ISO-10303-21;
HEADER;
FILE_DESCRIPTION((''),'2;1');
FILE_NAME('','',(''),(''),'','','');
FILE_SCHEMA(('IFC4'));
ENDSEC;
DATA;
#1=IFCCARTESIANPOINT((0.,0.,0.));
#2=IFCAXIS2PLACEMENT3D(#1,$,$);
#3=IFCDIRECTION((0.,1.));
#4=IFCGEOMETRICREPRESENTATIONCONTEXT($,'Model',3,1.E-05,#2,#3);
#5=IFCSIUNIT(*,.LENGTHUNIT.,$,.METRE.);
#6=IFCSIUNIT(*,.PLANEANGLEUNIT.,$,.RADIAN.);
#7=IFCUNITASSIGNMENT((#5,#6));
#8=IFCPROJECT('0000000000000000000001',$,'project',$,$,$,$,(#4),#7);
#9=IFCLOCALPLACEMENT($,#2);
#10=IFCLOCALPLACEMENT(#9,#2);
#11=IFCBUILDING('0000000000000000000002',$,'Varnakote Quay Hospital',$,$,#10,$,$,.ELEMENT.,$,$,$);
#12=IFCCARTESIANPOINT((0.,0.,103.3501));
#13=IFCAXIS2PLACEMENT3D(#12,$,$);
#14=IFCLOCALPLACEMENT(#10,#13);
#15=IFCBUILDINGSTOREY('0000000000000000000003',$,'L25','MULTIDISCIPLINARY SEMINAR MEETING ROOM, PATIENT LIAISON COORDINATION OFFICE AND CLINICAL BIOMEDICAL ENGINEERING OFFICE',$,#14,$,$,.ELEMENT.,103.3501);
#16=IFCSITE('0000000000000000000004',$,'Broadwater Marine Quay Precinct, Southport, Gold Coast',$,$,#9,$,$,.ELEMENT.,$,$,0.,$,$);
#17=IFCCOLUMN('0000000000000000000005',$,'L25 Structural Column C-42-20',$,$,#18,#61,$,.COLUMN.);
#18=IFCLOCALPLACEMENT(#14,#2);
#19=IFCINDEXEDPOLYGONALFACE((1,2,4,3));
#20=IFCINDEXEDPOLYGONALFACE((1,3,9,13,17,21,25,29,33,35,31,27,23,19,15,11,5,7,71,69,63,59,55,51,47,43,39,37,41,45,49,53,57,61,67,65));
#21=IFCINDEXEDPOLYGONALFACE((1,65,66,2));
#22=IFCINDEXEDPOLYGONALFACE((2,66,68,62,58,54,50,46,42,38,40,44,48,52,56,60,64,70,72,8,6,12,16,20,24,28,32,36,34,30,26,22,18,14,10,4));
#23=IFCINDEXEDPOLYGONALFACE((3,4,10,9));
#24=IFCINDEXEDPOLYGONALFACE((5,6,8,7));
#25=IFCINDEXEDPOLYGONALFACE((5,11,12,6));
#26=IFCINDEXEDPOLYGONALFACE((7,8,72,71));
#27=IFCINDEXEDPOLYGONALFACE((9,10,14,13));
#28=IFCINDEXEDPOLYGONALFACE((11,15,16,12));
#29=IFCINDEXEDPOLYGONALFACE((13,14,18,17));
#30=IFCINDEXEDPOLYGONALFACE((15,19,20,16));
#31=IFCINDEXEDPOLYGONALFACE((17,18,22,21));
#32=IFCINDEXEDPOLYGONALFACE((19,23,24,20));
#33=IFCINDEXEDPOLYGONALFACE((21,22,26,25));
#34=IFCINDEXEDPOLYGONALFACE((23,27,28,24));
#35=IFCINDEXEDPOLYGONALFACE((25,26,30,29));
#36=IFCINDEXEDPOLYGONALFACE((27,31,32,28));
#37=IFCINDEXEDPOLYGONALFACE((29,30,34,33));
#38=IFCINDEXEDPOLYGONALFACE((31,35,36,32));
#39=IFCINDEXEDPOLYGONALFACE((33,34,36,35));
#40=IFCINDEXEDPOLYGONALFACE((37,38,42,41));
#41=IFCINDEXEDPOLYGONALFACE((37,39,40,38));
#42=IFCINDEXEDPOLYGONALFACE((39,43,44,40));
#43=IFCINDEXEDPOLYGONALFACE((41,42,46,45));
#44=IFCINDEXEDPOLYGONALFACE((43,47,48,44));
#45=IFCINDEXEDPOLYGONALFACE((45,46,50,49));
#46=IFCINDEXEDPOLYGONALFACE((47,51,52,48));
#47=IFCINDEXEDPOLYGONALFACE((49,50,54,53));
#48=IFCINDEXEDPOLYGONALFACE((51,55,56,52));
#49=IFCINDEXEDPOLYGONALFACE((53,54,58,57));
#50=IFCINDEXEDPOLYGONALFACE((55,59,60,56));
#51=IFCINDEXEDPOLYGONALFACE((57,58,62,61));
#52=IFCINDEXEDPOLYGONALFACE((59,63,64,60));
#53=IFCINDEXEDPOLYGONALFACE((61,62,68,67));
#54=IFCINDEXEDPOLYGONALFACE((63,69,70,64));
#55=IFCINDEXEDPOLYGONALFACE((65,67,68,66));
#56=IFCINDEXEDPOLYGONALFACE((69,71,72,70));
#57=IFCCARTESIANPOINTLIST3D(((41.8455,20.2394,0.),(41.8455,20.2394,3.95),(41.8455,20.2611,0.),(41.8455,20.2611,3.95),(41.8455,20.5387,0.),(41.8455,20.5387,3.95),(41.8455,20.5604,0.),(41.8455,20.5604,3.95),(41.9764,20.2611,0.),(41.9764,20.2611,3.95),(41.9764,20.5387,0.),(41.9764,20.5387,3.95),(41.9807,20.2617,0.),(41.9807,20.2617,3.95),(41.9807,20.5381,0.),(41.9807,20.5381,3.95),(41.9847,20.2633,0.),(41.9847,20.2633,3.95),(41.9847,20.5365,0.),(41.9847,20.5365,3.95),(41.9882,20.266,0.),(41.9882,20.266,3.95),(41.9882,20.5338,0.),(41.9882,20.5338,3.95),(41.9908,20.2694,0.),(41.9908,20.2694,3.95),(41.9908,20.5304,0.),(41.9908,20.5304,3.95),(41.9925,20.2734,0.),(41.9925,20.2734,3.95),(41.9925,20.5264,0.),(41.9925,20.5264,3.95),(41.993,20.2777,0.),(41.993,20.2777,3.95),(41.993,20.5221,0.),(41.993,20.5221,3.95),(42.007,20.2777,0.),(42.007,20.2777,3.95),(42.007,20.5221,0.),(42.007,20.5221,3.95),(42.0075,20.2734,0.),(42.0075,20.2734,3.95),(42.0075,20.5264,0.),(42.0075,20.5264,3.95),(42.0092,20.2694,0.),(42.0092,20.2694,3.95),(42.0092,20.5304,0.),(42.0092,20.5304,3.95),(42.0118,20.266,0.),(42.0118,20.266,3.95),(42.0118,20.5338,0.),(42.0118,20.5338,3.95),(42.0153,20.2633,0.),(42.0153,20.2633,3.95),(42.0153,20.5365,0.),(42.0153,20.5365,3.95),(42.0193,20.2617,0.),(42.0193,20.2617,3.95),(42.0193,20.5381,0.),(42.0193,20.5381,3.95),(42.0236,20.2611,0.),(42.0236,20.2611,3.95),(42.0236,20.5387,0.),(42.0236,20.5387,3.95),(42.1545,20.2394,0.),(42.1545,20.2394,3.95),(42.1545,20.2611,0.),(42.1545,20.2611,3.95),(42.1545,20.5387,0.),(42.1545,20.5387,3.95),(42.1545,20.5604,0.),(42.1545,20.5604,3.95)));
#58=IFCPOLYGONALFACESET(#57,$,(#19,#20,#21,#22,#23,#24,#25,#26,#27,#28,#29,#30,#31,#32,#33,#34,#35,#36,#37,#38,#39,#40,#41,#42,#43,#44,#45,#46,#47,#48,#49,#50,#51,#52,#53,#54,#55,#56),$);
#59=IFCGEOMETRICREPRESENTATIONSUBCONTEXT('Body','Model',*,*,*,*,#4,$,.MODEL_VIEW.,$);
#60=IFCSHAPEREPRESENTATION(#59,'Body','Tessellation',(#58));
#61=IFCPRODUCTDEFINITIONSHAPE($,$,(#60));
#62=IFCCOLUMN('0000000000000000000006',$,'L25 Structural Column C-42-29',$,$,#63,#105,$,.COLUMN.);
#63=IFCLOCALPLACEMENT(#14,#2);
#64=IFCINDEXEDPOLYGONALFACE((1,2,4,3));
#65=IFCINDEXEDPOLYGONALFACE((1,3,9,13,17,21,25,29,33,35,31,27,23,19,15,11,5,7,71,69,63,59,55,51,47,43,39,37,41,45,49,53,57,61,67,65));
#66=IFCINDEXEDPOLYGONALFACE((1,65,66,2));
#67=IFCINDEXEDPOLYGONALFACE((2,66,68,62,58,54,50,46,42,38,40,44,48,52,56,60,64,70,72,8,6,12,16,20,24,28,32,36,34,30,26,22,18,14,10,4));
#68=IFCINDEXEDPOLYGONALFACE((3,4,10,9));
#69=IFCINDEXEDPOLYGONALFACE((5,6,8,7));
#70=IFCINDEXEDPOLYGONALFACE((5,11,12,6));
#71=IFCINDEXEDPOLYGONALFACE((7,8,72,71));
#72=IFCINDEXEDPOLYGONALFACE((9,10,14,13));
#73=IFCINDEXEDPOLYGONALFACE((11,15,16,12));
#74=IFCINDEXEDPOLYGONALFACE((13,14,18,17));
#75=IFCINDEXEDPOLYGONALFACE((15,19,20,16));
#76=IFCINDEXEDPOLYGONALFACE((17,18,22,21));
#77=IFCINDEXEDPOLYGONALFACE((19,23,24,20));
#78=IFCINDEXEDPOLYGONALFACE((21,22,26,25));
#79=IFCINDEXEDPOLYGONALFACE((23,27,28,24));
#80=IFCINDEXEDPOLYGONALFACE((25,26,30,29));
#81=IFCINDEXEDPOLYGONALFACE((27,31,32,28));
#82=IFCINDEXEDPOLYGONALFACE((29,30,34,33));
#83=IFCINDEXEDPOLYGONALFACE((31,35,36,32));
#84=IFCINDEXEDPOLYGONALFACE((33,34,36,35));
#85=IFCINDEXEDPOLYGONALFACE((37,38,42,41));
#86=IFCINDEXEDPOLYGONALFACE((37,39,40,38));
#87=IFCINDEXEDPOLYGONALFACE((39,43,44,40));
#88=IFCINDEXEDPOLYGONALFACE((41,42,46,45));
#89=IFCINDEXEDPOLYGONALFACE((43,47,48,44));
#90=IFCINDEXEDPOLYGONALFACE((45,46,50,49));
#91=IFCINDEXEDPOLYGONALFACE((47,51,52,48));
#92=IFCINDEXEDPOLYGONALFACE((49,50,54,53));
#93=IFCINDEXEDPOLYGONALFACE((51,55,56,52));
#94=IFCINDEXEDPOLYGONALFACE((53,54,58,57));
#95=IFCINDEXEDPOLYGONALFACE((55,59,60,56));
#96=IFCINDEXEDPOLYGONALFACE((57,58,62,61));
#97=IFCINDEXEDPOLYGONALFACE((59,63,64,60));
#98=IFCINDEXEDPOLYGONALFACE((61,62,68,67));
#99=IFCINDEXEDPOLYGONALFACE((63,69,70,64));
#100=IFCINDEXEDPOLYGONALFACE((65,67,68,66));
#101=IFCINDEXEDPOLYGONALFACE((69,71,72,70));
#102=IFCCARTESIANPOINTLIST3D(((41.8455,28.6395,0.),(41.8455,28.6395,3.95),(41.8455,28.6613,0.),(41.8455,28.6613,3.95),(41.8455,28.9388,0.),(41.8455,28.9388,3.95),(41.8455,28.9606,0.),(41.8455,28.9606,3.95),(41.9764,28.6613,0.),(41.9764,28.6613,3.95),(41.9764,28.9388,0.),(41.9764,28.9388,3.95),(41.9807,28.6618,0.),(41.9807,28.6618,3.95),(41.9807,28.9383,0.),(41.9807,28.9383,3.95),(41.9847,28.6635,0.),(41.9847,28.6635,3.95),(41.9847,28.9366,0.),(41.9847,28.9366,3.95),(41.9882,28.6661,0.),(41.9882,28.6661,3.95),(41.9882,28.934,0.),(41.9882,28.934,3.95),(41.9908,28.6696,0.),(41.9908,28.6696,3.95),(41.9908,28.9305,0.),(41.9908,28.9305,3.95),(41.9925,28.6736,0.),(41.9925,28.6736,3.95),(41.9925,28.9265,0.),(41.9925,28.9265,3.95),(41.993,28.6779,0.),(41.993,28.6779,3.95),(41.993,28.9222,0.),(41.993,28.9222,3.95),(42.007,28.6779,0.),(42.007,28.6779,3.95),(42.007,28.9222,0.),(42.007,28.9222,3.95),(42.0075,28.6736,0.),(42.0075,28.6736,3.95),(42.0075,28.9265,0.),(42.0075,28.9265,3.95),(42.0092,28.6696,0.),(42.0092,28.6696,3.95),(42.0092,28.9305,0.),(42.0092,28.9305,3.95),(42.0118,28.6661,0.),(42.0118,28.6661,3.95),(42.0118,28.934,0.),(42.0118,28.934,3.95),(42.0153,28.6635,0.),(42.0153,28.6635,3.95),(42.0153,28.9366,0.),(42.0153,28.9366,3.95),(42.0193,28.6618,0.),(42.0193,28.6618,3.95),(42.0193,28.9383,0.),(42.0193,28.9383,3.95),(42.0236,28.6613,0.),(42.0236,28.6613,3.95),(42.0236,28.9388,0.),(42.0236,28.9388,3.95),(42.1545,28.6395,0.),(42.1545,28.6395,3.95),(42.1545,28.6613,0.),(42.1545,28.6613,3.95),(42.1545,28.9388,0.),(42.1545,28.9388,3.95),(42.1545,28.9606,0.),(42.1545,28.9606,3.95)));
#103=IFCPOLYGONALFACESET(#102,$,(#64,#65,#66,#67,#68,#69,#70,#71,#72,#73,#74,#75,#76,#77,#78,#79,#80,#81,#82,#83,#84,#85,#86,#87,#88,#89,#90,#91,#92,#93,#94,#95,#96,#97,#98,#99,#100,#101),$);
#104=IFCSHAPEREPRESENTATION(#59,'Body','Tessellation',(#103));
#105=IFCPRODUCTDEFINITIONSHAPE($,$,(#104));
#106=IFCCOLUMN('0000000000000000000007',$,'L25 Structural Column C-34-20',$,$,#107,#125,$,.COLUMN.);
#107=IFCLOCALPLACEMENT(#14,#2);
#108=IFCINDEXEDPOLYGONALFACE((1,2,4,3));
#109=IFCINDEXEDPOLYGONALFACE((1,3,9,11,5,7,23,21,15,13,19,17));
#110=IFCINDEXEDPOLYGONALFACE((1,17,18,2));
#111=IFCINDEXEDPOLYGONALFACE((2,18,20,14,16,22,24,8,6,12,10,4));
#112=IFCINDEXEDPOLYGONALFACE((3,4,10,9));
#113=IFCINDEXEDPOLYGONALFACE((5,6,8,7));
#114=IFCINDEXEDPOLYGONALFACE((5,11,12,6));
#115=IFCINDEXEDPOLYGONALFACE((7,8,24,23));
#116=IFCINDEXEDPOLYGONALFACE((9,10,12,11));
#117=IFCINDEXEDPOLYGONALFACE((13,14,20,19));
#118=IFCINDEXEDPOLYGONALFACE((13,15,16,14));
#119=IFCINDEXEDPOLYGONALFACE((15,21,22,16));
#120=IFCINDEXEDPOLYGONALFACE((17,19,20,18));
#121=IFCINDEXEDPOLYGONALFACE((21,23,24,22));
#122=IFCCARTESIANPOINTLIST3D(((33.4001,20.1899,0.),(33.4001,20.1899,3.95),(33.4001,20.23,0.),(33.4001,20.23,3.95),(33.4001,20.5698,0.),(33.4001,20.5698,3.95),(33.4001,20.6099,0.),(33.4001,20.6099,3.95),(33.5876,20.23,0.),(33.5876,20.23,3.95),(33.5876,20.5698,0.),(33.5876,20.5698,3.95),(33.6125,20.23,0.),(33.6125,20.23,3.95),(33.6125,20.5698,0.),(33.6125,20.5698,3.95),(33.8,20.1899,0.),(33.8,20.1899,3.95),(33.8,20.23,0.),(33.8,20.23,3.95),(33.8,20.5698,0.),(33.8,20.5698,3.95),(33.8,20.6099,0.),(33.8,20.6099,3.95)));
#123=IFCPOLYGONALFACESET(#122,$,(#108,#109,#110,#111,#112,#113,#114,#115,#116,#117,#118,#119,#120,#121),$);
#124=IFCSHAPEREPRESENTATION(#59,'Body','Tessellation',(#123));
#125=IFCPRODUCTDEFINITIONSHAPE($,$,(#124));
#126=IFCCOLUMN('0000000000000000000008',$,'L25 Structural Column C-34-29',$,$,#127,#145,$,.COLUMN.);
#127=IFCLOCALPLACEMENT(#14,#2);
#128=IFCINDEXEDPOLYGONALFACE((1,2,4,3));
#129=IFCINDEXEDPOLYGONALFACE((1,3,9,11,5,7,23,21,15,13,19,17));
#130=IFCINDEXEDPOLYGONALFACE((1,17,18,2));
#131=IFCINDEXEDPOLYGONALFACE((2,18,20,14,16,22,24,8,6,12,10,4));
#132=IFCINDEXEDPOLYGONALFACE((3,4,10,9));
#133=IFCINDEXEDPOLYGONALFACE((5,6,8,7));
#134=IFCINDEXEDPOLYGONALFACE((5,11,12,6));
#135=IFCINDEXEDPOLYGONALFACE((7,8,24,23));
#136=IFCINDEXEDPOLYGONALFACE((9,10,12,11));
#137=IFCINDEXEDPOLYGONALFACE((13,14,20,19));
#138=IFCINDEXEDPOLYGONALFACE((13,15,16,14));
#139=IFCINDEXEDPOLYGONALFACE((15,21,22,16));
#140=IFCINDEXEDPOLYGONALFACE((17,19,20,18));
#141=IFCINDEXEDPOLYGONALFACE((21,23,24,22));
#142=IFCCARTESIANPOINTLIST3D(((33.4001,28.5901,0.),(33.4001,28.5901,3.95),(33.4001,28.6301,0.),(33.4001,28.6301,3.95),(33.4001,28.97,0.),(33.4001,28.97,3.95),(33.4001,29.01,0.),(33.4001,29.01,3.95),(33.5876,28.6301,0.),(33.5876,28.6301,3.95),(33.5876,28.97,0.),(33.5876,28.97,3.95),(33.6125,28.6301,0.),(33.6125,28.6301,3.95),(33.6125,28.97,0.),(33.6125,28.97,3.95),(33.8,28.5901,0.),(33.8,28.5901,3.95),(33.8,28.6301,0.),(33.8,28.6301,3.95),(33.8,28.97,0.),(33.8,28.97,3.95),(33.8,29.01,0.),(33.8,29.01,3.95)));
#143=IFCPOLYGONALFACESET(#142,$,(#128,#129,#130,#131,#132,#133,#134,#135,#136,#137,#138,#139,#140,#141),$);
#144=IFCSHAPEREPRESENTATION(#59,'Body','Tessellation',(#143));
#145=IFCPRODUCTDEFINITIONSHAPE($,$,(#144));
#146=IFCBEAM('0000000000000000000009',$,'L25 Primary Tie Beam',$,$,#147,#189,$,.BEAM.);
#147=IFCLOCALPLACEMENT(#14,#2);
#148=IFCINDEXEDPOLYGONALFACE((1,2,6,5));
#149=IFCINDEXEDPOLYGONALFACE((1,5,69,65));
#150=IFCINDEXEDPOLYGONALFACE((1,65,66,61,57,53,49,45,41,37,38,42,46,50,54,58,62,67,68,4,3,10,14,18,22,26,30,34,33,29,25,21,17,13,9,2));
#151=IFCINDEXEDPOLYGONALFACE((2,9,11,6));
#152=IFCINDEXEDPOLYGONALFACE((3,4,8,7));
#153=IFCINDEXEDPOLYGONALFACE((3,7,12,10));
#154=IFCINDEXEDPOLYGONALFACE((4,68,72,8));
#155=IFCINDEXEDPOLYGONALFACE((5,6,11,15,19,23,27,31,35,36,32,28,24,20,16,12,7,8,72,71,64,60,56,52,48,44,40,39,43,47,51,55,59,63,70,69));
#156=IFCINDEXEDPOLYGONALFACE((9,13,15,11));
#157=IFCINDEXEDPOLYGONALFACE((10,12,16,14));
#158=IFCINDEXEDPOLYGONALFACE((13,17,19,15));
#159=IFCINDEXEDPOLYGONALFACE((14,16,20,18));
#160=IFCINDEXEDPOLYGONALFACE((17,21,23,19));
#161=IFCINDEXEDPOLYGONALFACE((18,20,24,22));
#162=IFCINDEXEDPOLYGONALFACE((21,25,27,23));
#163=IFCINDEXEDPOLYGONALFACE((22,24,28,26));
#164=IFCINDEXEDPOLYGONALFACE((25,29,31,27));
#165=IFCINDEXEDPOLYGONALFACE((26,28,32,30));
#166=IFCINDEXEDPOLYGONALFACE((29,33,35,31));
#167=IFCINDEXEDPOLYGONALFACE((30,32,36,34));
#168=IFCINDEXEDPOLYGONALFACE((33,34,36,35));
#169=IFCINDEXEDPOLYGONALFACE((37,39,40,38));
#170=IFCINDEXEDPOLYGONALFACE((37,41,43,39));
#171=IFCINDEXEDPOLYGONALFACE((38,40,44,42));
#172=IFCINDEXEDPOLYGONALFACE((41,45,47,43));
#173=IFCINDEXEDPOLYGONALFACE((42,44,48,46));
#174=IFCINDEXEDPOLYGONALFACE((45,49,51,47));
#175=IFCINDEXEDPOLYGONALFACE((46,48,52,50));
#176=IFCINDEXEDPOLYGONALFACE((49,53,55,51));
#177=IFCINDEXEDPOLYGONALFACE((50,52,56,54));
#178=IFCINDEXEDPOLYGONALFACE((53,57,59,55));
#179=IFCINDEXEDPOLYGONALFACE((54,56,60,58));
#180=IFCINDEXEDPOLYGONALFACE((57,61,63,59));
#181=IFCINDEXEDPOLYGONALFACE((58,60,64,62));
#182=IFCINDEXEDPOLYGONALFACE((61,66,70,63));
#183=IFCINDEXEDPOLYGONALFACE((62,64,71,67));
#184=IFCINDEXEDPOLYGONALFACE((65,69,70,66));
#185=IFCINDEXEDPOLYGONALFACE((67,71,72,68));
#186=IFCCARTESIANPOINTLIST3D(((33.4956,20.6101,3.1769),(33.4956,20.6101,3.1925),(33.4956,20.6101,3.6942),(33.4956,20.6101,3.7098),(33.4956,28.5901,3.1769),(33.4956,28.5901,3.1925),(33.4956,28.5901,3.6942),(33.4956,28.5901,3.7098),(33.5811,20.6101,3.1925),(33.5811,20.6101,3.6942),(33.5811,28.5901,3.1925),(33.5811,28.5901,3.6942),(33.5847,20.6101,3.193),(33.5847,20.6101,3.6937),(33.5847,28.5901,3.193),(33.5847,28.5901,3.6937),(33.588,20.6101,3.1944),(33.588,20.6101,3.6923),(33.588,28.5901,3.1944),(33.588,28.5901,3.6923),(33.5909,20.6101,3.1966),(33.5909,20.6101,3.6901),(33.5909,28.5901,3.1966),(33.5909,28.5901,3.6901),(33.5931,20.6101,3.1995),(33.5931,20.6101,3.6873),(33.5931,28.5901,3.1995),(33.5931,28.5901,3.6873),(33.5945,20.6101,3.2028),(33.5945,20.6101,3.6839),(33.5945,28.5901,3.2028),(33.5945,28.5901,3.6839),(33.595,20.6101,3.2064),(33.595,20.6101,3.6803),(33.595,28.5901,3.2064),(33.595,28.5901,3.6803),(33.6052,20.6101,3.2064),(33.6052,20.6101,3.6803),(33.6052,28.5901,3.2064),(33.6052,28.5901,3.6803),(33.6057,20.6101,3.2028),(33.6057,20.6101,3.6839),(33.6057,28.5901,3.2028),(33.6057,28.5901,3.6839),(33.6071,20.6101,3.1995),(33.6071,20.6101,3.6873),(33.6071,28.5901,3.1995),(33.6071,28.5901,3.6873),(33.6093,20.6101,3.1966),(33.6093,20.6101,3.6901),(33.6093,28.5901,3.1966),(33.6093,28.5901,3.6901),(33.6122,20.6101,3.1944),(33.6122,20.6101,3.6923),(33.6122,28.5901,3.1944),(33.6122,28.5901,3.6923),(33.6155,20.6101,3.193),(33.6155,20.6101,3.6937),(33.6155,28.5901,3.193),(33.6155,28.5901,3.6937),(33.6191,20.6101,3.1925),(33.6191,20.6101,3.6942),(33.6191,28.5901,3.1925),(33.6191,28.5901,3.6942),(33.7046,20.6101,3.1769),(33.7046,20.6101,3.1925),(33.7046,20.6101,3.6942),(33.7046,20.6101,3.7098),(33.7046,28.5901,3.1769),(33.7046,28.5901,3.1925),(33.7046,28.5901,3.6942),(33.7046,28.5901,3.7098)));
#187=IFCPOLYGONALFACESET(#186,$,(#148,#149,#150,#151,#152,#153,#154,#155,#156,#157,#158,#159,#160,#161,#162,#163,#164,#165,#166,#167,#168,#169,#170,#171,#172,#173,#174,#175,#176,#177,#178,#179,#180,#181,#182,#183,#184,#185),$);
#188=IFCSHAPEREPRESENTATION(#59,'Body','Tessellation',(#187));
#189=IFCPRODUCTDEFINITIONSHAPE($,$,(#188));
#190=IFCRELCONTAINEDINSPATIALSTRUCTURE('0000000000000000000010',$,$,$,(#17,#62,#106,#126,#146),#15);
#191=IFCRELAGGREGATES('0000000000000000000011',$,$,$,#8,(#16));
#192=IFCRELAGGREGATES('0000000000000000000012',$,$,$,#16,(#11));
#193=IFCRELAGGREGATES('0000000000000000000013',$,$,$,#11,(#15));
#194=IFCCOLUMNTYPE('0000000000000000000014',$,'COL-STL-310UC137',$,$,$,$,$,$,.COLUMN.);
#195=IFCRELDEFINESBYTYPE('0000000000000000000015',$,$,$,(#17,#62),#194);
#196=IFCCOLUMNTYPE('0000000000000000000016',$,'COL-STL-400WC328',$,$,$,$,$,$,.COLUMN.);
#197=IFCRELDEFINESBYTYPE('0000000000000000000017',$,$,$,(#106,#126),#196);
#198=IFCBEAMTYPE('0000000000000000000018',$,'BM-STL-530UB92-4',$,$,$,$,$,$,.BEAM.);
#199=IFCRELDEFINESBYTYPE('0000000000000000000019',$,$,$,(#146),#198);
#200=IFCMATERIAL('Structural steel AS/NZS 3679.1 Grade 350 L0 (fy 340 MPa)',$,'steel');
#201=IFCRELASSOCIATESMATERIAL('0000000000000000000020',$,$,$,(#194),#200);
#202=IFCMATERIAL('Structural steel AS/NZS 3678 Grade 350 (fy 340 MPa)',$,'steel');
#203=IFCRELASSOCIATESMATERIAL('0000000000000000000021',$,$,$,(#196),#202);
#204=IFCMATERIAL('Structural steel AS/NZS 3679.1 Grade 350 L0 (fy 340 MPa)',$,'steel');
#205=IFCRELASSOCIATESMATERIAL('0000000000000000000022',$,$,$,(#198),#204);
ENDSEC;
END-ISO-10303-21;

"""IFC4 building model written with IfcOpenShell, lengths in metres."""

from ifc_helpers import new_model, si_unit, direction, frame, origin, origin_2d, place, context, subcontext, project, spatial, i_section, extrude, material, material_profile, profile_set, type_object, element, save


model = new_model("IFC4")

# Units and contexts
model_context = context("Model", 3, precision=1e-05, world=origin(), true_north=direction((0.0, 1.0)))
body_context = subcontext(model_context, "Body", "Model", "MODEL_VIEW")
ifc_project = project(units=[si_unit("LENGTHUNIT", "METRE"), si_unit("PLANEANGLEUNIT", "RADIAN")], contexts=[model_context])

# Site, building, storey
site_placement = place(None, origin())
site = spatial("IfcSite", under=ifc_project, at=site_placement, Name="Broadwater Marine Quay Precinct, Southport, Gold Coast", CompositionType="ELEMENT", RefElevation=0.0)
building_placement = place(site_placement, origin())
building = spatial("IfcBuilding", under=site, at=building_placement, Name="Varnakote Quay Hospital", CompositionType="ELEMENT")
storey_placement = place(building_placement, frame((0.0, 0.0, 103.3501)))
storey = spatial("IfcBuildingStorey", under=building, at=storey_placement, Name="L25", Description="MULTIDISCIPLINARY SEMINAR MEETING ROOM, PATIENT LIAISON COORDINATION OFFICE AND CLINICAL BIOMEDICAL ENGINEERING OFFICE", CompositionType="ELEMENT", Elevation=103.3501)

# Columns
ifc_material_1 = material(Name="Structural steel AS/NZS 3679.1 Grade 350 L0 (fy 340 MPa)", Category="steel")
ifc_material_profile_1 = material_profile(ifc_material_1, i_section(OverallWidth=0.3091, OverallDepth=0.321, WebThickness=0.0139, FlangeThickness=0.0217, FilletRadius=0.0166, at=origin_2d()), Name="310UC137")
ifc_profile_set_1 = profile_set([ifc_material_profile_1], Name="Structural steel AS/NZS 3679.1 Grade 350 L0 (fy 340 MPa)")
column_type_1 = type_object("IfcColumnType", Name="COL-STL-310UC137", PredefinedType="COLUMN", material=ifc_profile_set_1)
for number, where, z_axis, x_axis, name in (
    (1, (42.0, 20.3999, 0.0), (0.0, 0.0, 1.0), (1.0, 0.0, 0.0), "L25 Structural Column C-42-20"),
    (2, (42.0, 28.8, 0.0), (0.0, 0.0, 1.0), (1.0, 0.0, 0.0), "L25 Structural Column C-42-29"),
):
    element("IfcColumn", number, at=place(storey_placement, frame(where, z_axis=z_axis, x_axis=x_axis)), inside=storey, type_object=column_type_1, Name=name, PredefinedType="COLUMN", context=body_context, shape_type="SweptSolid", body=[
        extrude(i_section(OverallWidth=0.3091, OverallDepth=0.321, WebThickness=0.0139, FlangeThickness=0.0217, FilletRadius=0.0166, at=origin_2d()), origin(), (0.0, 0.0, 1.0), 3.95),
    ])
ifc_material_2 = material(Name="Structural steel AS/NZS 3678 Grade 350 (fy 340 MPa)", Category="steel")
ifc_material_profile_2 = material_profile(ifc_material_2, i_section(OverallWidth=0.3999, OverallDepth=0.4199, WebThickness=0.0249, FlangeThickness=0.04, at=origin_2d()), Name="400WC328")
ifc_profile_set_2 = profile_set([ifc_material_profile_2], Name="Structural steel AS/NZS 3678 Grade 350 (fy 340 MPa)")
column_type_2 = type_object("IfcColumnType", Name="COL-STL-400WC328", PredefinedType="COLUMN", material=ifc_profile_set_2)
for number, where, z_axis, x_axis, name in (
    (3, (33.6001, 20.3999, 0.0), (0.0, 0.0, 1.0), (1.0, 0.0, 0.0), "L25 Structural Column C-34-20"),
    (4, (33.6001, 28.8, 0.0), (0.0, 0.0, 1.0), (1.0, 0.0, 0.0), "L25 Structural Column C-34-29"),
):
    element("IfcColumn", number, at=place(storey_placement, frame(where, z_axis=z_axis, x_axis=x_axis)), inside=storey, type_object=column_type_2, Name=name, PredefinedType="COLUMN", context=body_context, shape_type="SweptSolid", body=[
        extrude(i_section(OverallWidth=0.3999, OverallDepth=0.4199, WebThickness=0.0249, FlangeThickness=0.04, at=origin_2d()), origin(), (0.0, 0.0, 1.0), 3.95),
    ])

# Beam
ifc_material_3 = material(Name="Structural steel AS/NZS 3679.1 Grade 350 L0 (fy 340 MPa)", Category="steel")
ifc_material_profile_3 = material_profile(ifc_material_3, i_section(OverallWidth=0.209, OverallDepth=0.533, WebThickness=0.0103, FlangeThickness=0.0156, FilletRadius=0.0139, at=origin_2d()), Name="530UB92.4")
ifc_profile_set_3 = profile_set([ifc_material_profile_3], Name="Structural steel AS/NZS 3679.1 Grade 350 L0 (fy 340 MPa)")
beam_type_1 = type_object("IfcBeamType", Name="BM-STL-530UB92-4", PredefinedType="BEAM", material=ifc_profile_set_3)
beam_1_placement = place(storey_placement, frame((33.6001, 20.6101, 3.4434), z_axis=(0.0, 1.0, 0.0), x_axis=(-1.0, 0.0, 0.0)))
element("IfcBeam", 5, at=beam_1_placement, inside=storey, type_object=beam_type_1, Name="L25 Primary Tie Beam", PredefinedType="BEAM", context=body_context, shape_type="SweptSolid", body=[
    extrude(i_section(OverallWidth=0.209, OverallDepth=0.533, WebThickness=0.0103, FlangeThickness=0.0156, FilletRadius=0.0139, at=origin_2d()), origin(), (0.0, 0.0, 1.0), 7.98),
])

save(model, "model.ifc")
